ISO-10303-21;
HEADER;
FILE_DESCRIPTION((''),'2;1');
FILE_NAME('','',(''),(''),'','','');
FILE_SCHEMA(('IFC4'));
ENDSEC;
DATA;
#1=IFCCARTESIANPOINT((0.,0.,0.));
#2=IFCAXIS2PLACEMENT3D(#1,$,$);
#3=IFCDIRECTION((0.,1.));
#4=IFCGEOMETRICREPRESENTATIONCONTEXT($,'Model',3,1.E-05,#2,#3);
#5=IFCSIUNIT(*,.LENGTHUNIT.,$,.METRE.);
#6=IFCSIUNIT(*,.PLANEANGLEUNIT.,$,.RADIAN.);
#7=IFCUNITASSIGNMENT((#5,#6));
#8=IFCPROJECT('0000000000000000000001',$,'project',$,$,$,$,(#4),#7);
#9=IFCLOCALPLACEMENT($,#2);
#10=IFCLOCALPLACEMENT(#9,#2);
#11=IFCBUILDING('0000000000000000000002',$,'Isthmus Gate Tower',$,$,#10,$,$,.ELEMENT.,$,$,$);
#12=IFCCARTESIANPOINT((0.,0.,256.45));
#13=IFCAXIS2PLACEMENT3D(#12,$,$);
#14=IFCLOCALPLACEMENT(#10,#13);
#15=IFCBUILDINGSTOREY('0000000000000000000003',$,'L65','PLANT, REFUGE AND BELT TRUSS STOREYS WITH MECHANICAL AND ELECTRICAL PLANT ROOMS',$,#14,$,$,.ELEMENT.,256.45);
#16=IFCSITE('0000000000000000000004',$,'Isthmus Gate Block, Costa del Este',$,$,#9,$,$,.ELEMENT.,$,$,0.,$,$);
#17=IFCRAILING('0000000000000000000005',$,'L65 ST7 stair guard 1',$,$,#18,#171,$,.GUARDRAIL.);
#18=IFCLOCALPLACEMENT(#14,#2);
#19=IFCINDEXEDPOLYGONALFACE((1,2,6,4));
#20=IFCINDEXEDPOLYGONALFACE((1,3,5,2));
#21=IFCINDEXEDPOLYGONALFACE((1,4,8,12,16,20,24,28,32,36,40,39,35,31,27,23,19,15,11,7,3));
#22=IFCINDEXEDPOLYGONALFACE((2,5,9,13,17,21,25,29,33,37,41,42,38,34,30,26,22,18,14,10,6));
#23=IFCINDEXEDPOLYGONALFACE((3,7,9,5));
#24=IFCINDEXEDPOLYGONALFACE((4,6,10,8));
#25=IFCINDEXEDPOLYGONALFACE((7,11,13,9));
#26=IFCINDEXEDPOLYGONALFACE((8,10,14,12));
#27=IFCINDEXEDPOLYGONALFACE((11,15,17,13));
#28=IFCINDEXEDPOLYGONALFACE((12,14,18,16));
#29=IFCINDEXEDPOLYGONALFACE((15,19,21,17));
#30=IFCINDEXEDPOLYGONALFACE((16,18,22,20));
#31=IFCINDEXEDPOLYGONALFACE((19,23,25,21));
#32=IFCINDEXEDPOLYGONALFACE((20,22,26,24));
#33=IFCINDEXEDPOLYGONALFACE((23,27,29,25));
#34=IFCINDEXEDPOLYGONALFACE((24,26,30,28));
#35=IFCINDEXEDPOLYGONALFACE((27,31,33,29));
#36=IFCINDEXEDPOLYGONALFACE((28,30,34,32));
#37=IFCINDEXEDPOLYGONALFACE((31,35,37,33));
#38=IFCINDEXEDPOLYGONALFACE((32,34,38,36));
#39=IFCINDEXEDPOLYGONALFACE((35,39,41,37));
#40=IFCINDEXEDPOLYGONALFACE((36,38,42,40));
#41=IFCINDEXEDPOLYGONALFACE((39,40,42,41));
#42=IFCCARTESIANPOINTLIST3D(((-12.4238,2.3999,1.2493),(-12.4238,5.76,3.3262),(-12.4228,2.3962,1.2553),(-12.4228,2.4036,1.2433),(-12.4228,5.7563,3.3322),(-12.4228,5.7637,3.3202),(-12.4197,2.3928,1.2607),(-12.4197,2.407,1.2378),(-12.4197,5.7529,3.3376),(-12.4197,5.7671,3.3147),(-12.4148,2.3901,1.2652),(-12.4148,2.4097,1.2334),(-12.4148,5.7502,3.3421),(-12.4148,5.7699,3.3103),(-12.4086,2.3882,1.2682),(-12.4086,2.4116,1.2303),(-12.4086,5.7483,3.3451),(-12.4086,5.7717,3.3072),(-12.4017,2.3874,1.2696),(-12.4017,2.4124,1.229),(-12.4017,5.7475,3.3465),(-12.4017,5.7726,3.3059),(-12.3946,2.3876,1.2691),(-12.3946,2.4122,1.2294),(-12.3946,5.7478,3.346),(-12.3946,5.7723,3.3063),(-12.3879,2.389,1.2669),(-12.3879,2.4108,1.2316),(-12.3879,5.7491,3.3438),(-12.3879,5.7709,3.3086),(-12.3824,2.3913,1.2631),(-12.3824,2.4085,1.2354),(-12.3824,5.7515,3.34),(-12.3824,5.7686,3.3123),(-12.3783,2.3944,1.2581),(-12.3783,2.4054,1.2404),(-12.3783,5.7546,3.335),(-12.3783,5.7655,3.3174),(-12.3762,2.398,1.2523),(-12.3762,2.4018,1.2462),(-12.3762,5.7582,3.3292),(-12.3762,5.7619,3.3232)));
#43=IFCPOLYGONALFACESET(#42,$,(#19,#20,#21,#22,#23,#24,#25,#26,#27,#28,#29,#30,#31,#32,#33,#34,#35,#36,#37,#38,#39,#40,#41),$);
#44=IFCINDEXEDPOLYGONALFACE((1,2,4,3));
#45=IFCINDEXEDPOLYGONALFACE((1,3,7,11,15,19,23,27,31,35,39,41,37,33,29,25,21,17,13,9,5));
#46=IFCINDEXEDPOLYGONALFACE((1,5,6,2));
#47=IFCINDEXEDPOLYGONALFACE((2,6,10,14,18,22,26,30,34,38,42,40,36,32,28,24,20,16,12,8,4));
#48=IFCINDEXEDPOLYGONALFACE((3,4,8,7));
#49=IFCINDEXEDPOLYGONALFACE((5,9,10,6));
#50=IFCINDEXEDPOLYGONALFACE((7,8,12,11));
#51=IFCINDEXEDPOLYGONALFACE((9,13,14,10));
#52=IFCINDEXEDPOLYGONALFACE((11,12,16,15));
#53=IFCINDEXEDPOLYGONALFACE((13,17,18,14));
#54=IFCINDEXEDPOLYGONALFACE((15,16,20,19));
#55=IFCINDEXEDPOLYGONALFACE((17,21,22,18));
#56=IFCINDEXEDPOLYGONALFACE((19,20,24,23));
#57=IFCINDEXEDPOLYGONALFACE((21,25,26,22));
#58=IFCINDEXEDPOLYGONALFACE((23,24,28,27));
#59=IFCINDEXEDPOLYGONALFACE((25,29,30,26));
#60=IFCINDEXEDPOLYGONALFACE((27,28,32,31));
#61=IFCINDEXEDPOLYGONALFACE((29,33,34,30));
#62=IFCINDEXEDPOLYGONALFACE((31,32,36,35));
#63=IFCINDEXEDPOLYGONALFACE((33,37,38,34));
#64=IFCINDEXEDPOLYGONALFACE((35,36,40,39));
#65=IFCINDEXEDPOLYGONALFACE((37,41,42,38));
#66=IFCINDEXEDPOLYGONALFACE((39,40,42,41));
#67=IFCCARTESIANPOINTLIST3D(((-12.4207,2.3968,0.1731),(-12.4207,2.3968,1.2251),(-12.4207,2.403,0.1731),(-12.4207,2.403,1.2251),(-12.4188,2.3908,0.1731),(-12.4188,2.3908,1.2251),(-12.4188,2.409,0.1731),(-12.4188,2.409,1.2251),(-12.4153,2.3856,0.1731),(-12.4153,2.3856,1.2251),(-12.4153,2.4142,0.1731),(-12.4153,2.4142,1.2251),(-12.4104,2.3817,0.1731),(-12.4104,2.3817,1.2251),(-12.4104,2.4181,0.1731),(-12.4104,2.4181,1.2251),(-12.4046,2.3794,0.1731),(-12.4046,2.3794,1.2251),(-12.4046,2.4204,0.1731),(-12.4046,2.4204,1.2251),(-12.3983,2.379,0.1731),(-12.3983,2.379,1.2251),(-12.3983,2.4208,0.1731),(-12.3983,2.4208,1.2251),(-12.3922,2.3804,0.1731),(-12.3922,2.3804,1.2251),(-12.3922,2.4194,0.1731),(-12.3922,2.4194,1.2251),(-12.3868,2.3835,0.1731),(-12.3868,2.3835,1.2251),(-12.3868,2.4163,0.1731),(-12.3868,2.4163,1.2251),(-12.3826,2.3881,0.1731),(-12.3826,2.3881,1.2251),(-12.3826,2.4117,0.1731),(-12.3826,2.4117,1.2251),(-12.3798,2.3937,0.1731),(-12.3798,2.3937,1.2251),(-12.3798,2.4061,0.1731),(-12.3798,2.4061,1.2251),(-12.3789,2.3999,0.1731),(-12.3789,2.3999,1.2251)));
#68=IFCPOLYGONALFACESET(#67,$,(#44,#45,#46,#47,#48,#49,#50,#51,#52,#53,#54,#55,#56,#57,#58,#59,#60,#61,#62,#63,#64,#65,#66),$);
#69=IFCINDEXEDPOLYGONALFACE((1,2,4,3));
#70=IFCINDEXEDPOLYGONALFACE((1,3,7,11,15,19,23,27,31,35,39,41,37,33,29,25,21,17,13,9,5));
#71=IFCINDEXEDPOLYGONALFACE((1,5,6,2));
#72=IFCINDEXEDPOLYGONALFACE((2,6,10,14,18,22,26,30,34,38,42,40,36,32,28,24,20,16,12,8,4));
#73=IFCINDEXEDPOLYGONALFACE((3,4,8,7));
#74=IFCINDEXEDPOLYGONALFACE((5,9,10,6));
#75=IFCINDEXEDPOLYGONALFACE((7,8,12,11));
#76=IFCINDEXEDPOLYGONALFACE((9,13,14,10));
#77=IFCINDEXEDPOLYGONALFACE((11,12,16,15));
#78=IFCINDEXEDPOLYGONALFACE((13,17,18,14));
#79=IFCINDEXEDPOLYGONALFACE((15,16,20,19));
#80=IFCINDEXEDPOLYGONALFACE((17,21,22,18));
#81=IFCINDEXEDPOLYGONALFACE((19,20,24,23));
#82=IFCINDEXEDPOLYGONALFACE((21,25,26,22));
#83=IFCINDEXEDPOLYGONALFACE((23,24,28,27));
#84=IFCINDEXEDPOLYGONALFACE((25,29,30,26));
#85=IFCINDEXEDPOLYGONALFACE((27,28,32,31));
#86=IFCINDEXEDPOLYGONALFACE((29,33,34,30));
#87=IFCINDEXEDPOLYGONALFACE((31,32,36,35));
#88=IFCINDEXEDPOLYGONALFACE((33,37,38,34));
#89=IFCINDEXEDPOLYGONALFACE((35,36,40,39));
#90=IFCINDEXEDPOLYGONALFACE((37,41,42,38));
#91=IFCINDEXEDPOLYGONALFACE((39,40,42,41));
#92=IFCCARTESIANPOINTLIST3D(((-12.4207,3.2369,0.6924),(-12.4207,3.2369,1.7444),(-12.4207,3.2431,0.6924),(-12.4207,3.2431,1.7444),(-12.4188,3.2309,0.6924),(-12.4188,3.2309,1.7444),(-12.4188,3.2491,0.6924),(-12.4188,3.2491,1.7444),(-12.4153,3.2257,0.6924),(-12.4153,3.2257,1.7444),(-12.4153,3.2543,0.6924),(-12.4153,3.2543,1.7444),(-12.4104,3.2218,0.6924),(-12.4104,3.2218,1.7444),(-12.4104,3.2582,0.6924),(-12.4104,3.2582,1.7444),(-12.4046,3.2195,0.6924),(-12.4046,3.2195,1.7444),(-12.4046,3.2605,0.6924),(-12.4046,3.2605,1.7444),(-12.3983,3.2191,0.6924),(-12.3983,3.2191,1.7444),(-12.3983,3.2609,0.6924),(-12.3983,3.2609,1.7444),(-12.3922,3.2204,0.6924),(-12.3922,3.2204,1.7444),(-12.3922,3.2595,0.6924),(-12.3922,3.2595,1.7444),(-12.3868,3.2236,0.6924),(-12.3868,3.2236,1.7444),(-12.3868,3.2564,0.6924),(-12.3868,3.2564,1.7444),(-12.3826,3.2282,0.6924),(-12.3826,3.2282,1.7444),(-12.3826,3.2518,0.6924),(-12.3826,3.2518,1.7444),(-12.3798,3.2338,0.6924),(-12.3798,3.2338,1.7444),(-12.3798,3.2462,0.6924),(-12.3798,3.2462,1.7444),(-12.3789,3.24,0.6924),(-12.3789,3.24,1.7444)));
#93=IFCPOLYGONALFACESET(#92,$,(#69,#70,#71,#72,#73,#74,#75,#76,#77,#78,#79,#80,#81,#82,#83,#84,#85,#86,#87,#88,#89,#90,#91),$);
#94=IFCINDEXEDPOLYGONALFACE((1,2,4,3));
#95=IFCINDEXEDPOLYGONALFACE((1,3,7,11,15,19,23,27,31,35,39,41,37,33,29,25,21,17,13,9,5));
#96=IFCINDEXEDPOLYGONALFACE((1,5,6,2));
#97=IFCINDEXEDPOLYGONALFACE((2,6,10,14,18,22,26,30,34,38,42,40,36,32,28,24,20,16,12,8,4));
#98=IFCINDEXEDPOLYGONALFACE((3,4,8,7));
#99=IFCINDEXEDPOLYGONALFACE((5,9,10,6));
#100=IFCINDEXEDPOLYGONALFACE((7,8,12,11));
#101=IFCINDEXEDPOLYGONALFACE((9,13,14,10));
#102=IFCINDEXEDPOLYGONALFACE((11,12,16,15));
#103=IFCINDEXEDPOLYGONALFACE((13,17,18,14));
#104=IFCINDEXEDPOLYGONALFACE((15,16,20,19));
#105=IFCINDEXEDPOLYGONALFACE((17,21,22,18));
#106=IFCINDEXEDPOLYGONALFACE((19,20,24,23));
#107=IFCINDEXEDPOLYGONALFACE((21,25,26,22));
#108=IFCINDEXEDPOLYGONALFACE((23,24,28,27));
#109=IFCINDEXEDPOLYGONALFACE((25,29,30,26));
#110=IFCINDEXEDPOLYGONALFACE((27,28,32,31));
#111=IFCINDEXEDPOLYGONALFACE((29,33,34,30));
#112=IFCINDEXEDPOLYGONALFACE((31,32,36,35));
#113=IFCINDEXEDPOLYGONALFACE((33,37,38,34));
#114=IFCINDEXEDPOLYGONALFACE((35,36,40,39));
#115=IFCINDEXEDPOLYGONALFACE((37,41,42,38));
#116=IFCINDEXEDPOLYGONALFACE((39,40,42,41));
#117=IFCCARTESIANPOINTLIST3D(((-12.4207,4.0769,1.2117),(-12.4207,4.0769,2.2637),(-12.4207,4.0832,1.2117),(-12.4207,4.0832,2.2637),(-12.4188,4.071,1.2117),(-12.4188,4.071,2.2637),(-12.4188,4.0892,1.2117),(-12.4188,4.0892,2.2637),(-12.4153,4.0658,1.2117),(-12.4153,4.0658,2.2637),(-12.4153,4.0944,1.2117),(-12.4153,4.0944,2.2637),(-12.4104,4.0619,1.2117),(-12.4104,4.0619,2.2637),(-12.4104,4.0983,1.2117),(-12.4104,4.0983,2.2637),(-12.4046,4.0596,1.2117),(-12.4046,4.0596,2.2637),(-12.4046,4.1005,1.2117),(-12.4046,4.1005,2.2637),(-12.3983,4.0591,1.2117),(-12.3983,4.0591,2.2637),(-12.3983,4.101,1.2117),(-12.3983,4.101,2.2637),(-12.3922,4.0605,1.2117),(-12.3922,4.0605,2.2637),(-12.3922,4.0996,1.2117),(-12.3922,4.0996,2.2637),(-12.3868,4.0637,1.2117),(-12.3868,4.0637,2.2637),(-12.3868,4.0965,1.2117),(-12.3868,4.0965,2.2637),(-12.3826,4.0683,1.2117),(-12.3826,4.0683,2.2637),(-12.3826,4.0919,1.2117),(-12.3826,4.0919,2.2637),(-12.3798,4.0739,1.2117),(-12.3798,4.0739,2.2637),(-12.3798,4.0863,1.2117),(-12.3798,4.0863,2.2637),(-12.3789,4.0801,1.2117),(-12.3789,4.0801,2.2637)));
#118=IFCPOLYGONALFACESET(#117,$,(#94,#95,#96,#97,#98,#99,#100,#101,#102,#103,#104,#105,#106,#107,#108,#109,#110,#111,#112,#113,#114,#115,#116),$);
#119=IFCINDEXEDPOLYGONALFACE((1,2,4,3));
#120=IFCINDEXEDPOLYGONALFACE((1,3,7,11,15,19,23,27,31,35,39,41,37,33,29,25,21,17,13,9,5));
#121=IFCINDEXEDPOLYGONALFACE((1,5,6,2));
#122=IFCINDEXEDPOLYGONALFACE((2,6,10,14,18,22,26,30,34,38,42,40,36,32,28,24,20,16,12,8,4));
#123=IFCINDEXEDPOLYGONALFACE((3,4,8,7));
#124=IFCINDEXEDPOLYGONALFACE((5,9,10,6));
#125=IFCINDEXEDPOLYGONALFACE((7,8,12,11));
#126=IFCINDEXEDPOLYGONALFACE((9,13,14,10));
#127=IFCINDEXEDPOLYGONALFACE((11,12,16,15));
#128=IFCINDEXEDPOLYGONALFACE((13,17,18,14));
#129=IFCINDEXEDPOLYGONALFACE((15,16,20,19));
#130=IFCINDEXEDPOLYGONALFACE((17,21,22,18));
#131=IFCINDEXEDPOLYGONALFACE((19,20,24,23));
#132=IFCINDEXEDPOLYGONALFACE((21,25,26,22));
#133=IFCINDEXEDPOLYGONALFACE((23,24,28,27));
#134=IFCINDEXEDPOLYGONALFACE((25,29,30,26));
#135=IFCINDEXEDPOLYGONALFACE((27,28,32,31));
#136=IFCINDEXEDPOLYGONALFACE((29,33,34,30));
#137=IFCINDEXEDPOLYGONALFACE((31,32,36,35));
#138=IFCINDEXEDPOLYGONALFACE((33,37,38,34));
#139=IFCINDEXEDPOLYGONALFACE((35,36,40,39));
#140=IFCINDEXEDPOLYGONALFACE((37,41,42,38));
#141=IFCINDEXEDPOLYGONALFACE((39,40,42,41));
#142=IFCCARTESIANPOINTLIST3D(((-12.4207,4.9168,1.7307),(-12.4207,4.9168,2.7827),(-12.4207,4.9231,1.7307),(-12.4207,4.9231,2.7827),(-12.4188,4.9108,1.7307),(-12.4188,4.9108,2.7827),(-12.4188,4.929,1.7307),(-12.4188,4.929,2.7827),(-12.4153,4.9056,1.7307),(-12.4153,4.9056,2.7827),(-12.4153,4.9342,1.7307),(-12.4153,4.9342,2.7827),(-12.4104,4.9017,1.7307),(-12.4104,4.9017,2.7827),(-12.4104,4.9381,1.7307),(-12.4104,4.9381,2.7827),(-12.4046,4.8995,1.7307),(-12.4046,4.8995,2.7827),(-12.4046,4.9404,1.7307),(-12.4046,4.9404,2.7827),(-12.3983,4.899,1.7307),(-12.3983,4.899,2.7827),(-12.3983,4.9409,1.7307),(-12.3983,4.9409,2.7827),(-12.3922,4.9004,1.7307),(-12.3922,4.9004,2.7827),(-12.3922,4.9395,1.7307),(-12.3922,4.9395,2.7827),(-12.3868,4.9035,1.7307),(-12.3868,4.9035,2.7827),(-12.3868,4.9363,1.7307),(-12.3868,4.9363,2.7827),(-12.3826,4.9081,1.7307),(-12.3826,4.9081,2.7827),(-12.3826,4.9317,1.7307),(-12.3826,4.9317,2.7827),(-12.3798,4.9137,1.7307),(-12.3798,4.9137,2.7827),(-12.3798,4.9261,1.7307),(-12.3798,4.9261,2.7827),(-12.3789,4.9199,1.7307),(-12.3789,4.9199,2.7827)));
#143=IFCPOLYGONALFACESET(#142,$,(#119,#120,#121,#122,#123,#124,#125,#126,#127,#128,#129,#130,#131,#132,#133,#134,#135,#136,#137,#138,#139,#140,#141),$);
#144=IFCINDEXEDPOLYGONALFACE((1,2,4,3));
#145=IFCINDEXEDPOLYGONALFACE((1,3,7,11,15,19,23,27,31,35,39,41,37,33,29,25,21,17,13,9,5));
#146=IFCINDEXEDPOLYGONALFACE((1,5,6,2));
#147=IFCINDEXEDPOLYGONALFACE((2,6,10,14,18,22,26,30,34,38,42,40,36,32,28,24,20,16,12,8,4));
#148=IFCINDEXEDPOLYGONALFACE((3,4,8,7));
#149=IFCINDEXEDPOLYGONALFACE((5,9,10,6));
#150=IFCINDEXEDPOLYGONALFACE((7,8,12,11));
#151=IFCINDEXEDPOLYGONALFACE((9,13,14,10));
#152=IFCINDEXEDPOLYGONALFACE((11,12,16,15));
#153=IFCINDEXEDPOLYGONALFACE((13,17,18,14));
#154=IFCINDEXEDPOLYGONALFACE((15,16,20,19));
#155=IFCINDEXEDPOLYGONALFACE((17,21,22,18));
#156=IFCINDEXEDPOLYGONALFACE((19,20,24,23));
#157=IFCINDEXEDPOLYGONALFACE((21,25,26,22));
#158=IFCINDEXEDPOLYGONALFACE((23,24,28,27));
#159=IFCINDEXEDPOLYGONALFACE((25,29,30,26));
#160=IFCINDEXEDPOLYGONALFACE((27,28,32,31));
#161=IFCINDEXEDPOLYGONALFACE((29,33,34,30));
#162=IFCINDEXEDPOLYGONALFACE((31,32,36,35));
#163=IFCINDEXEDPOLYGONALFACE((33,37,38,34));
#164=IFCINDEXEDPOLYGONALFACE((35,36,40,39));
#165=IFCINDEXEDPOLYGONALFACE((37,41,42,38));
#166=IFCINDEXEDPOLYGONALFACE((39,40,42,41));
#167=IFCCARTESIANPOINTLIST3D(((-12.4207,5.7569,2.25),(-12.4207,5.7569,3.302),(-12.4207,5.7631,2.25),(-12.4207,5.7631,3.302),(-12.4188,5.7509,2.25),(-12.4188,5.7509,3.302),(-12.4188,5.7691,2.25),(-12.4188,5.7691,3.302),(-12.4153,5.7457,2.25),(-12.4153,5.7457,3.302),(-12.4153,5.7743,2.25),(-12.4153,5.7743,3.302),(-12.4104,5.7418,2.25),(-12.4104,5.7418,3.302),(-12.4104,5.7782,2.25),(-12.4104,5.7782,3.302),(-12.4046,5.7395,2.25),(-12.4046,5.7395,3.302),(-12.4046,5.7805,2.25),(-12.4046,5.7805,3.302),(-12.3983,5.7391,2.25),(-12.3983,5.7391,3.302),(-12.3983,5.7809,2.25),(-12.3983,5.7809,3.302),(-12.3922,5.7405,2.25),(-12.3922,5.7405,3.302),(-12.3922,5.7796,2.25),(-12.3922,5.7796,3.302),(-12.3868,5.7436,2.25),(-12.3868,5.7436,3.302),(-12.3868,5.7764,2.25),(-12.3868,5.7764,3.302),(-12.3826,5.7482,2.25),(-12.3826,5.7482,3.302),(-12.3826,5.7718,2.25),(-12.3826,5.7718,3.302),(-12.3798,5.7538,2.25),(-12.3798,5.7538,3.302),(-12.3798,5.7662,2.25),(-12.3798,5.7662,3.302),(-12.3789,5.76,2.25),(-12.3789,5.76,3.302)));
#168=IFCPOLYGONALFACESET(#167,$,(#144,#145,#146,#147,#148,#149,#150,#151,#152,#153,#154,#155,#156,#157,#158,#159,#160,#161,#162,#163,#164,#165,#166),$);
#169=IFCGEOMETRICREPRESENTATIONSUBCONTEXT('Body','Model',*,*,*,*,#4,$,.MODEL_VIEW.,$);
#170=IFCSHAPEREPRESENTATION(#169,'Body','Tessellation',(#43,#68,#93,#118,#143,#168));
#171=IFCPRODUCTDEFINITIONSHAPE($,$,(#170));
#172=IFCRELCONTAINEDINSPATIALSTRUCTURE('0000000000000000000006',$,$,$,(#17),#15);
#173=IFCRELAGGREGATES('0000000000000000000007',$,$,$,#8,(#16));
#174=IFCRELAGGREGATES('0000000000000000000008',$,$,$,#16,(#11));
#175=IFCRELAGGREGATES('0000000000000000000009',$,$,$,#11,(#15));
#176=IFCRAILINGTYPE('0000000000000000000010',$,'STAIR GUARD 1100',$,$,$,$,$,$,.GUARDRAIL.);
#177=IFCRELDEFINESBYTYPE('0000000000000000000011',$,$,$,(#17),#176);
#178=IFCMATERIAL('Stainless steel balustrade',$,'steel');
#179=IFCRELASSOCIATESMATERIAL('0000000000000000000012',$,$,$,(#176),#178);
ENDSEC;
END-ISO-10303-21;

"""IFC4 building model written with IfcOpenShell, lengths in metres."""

from ifc_helpers import new_model, si_unit, direction, frame, origin, origin_2d, place, context, subcontext, project, spatial, circle, extrude, material, type_object, element, save


model = new_model("IFC4")

# Units and contexts
model_context = context("Model", 3, precision=1e-05, world=origin(), true_north=direction((0.0, 1.0)))
body_context = subcontext(model_context, "Body", "Model", "MODEL_VIEW")
ifc_project = project(units=[si_unit("LENGTHUNIT", "METRE"), si_unit("PLANEANGLEUNIT", "RADIAN")], contexts=[model_context])

# Site, building, storey
site_placement = place(None, origin())
site = spatial("IfcSite", under=ifc_project, at=site_placement, Name="Isthmus Gate Block, Costa del Este", CompositionType="ELEMENT", RefElevation=0.0)
building_placement = place(site_placement, origin())
building = spatial("IfcBuilding", under=site, at=building_placement, Name="Isthmus Gate Tower", CompositionType="ELEMENT")
storey_placement = place(building_placement, frame((0.0, 0.0, 256.45)))
storey = spatial("IfcBuildingStorey", under=building, at=storey_placement, Name="L65", Description="PLANT, REFUGE AND BELT TRUSS STOREYS WITH MECHANICAL AND ELECTRICAL PLANT ROOMS", CompositionType="ELEMENT", Elevation=256.45)

# Railing
ifc_material_1 = material(Name="Stainless steel balustrade", Category="steel")
railing_type_1 = type_object("IfcRailingType", Name="STAIR GUARD 1100", PredefinedType="GUARDRAIL", material=ifc_material_1)
railing_1_placement = place(storey_placement, frame((-12.3999, 2.3999, 0.1731)))
element("IfcRailing", 1, at=railing_1_placement, inside=storey, type_object=railing_type_1, Name="L65 ST7 stair guard 1", PredefinedType="GUARDRAIL", context=body_context, shape_type="SweptSolid", body=[
    extrude(circle(Radius=0.0239, at=origin_2d()), frame((0.0, 0.0, 1.0762), z_axis=(0.0, 0.850623, 0.525776), x_axis=(-1.0, 0.0, 0.0)), (0.0, 0.0, 1.0), 3.9502),
    extrude(circle(Radius=0.021, at=origin_2d()), origin(), (0.0, 0.0, 1.0), 1.052),
    extrude(circle(Radius=0.021, at=origin_2d()), frame((0.0, 0.8401, 0.5193)), (0.0, 0.0, 1.0), 1.052),
    extrude(circle(Radius=0.021, at=origin_2d()), frame((0.0, 1.6802, 1.0386)), (0.0, 0.0, 1.0), 1.052),
    extrude(circle(Radius=0.021, at=origin_2d()), frame((0.0, 2.52, 1.5576)), (0.0, 0.0, 1.0), 1.052),
    extrude(circle(Radius=0.021, at=origin_2d()), frame((0.0, 3.3601, 2.0769)), (0.0, 0.0, 1.0), 1.052),
])

save(model, "model.ifc")
